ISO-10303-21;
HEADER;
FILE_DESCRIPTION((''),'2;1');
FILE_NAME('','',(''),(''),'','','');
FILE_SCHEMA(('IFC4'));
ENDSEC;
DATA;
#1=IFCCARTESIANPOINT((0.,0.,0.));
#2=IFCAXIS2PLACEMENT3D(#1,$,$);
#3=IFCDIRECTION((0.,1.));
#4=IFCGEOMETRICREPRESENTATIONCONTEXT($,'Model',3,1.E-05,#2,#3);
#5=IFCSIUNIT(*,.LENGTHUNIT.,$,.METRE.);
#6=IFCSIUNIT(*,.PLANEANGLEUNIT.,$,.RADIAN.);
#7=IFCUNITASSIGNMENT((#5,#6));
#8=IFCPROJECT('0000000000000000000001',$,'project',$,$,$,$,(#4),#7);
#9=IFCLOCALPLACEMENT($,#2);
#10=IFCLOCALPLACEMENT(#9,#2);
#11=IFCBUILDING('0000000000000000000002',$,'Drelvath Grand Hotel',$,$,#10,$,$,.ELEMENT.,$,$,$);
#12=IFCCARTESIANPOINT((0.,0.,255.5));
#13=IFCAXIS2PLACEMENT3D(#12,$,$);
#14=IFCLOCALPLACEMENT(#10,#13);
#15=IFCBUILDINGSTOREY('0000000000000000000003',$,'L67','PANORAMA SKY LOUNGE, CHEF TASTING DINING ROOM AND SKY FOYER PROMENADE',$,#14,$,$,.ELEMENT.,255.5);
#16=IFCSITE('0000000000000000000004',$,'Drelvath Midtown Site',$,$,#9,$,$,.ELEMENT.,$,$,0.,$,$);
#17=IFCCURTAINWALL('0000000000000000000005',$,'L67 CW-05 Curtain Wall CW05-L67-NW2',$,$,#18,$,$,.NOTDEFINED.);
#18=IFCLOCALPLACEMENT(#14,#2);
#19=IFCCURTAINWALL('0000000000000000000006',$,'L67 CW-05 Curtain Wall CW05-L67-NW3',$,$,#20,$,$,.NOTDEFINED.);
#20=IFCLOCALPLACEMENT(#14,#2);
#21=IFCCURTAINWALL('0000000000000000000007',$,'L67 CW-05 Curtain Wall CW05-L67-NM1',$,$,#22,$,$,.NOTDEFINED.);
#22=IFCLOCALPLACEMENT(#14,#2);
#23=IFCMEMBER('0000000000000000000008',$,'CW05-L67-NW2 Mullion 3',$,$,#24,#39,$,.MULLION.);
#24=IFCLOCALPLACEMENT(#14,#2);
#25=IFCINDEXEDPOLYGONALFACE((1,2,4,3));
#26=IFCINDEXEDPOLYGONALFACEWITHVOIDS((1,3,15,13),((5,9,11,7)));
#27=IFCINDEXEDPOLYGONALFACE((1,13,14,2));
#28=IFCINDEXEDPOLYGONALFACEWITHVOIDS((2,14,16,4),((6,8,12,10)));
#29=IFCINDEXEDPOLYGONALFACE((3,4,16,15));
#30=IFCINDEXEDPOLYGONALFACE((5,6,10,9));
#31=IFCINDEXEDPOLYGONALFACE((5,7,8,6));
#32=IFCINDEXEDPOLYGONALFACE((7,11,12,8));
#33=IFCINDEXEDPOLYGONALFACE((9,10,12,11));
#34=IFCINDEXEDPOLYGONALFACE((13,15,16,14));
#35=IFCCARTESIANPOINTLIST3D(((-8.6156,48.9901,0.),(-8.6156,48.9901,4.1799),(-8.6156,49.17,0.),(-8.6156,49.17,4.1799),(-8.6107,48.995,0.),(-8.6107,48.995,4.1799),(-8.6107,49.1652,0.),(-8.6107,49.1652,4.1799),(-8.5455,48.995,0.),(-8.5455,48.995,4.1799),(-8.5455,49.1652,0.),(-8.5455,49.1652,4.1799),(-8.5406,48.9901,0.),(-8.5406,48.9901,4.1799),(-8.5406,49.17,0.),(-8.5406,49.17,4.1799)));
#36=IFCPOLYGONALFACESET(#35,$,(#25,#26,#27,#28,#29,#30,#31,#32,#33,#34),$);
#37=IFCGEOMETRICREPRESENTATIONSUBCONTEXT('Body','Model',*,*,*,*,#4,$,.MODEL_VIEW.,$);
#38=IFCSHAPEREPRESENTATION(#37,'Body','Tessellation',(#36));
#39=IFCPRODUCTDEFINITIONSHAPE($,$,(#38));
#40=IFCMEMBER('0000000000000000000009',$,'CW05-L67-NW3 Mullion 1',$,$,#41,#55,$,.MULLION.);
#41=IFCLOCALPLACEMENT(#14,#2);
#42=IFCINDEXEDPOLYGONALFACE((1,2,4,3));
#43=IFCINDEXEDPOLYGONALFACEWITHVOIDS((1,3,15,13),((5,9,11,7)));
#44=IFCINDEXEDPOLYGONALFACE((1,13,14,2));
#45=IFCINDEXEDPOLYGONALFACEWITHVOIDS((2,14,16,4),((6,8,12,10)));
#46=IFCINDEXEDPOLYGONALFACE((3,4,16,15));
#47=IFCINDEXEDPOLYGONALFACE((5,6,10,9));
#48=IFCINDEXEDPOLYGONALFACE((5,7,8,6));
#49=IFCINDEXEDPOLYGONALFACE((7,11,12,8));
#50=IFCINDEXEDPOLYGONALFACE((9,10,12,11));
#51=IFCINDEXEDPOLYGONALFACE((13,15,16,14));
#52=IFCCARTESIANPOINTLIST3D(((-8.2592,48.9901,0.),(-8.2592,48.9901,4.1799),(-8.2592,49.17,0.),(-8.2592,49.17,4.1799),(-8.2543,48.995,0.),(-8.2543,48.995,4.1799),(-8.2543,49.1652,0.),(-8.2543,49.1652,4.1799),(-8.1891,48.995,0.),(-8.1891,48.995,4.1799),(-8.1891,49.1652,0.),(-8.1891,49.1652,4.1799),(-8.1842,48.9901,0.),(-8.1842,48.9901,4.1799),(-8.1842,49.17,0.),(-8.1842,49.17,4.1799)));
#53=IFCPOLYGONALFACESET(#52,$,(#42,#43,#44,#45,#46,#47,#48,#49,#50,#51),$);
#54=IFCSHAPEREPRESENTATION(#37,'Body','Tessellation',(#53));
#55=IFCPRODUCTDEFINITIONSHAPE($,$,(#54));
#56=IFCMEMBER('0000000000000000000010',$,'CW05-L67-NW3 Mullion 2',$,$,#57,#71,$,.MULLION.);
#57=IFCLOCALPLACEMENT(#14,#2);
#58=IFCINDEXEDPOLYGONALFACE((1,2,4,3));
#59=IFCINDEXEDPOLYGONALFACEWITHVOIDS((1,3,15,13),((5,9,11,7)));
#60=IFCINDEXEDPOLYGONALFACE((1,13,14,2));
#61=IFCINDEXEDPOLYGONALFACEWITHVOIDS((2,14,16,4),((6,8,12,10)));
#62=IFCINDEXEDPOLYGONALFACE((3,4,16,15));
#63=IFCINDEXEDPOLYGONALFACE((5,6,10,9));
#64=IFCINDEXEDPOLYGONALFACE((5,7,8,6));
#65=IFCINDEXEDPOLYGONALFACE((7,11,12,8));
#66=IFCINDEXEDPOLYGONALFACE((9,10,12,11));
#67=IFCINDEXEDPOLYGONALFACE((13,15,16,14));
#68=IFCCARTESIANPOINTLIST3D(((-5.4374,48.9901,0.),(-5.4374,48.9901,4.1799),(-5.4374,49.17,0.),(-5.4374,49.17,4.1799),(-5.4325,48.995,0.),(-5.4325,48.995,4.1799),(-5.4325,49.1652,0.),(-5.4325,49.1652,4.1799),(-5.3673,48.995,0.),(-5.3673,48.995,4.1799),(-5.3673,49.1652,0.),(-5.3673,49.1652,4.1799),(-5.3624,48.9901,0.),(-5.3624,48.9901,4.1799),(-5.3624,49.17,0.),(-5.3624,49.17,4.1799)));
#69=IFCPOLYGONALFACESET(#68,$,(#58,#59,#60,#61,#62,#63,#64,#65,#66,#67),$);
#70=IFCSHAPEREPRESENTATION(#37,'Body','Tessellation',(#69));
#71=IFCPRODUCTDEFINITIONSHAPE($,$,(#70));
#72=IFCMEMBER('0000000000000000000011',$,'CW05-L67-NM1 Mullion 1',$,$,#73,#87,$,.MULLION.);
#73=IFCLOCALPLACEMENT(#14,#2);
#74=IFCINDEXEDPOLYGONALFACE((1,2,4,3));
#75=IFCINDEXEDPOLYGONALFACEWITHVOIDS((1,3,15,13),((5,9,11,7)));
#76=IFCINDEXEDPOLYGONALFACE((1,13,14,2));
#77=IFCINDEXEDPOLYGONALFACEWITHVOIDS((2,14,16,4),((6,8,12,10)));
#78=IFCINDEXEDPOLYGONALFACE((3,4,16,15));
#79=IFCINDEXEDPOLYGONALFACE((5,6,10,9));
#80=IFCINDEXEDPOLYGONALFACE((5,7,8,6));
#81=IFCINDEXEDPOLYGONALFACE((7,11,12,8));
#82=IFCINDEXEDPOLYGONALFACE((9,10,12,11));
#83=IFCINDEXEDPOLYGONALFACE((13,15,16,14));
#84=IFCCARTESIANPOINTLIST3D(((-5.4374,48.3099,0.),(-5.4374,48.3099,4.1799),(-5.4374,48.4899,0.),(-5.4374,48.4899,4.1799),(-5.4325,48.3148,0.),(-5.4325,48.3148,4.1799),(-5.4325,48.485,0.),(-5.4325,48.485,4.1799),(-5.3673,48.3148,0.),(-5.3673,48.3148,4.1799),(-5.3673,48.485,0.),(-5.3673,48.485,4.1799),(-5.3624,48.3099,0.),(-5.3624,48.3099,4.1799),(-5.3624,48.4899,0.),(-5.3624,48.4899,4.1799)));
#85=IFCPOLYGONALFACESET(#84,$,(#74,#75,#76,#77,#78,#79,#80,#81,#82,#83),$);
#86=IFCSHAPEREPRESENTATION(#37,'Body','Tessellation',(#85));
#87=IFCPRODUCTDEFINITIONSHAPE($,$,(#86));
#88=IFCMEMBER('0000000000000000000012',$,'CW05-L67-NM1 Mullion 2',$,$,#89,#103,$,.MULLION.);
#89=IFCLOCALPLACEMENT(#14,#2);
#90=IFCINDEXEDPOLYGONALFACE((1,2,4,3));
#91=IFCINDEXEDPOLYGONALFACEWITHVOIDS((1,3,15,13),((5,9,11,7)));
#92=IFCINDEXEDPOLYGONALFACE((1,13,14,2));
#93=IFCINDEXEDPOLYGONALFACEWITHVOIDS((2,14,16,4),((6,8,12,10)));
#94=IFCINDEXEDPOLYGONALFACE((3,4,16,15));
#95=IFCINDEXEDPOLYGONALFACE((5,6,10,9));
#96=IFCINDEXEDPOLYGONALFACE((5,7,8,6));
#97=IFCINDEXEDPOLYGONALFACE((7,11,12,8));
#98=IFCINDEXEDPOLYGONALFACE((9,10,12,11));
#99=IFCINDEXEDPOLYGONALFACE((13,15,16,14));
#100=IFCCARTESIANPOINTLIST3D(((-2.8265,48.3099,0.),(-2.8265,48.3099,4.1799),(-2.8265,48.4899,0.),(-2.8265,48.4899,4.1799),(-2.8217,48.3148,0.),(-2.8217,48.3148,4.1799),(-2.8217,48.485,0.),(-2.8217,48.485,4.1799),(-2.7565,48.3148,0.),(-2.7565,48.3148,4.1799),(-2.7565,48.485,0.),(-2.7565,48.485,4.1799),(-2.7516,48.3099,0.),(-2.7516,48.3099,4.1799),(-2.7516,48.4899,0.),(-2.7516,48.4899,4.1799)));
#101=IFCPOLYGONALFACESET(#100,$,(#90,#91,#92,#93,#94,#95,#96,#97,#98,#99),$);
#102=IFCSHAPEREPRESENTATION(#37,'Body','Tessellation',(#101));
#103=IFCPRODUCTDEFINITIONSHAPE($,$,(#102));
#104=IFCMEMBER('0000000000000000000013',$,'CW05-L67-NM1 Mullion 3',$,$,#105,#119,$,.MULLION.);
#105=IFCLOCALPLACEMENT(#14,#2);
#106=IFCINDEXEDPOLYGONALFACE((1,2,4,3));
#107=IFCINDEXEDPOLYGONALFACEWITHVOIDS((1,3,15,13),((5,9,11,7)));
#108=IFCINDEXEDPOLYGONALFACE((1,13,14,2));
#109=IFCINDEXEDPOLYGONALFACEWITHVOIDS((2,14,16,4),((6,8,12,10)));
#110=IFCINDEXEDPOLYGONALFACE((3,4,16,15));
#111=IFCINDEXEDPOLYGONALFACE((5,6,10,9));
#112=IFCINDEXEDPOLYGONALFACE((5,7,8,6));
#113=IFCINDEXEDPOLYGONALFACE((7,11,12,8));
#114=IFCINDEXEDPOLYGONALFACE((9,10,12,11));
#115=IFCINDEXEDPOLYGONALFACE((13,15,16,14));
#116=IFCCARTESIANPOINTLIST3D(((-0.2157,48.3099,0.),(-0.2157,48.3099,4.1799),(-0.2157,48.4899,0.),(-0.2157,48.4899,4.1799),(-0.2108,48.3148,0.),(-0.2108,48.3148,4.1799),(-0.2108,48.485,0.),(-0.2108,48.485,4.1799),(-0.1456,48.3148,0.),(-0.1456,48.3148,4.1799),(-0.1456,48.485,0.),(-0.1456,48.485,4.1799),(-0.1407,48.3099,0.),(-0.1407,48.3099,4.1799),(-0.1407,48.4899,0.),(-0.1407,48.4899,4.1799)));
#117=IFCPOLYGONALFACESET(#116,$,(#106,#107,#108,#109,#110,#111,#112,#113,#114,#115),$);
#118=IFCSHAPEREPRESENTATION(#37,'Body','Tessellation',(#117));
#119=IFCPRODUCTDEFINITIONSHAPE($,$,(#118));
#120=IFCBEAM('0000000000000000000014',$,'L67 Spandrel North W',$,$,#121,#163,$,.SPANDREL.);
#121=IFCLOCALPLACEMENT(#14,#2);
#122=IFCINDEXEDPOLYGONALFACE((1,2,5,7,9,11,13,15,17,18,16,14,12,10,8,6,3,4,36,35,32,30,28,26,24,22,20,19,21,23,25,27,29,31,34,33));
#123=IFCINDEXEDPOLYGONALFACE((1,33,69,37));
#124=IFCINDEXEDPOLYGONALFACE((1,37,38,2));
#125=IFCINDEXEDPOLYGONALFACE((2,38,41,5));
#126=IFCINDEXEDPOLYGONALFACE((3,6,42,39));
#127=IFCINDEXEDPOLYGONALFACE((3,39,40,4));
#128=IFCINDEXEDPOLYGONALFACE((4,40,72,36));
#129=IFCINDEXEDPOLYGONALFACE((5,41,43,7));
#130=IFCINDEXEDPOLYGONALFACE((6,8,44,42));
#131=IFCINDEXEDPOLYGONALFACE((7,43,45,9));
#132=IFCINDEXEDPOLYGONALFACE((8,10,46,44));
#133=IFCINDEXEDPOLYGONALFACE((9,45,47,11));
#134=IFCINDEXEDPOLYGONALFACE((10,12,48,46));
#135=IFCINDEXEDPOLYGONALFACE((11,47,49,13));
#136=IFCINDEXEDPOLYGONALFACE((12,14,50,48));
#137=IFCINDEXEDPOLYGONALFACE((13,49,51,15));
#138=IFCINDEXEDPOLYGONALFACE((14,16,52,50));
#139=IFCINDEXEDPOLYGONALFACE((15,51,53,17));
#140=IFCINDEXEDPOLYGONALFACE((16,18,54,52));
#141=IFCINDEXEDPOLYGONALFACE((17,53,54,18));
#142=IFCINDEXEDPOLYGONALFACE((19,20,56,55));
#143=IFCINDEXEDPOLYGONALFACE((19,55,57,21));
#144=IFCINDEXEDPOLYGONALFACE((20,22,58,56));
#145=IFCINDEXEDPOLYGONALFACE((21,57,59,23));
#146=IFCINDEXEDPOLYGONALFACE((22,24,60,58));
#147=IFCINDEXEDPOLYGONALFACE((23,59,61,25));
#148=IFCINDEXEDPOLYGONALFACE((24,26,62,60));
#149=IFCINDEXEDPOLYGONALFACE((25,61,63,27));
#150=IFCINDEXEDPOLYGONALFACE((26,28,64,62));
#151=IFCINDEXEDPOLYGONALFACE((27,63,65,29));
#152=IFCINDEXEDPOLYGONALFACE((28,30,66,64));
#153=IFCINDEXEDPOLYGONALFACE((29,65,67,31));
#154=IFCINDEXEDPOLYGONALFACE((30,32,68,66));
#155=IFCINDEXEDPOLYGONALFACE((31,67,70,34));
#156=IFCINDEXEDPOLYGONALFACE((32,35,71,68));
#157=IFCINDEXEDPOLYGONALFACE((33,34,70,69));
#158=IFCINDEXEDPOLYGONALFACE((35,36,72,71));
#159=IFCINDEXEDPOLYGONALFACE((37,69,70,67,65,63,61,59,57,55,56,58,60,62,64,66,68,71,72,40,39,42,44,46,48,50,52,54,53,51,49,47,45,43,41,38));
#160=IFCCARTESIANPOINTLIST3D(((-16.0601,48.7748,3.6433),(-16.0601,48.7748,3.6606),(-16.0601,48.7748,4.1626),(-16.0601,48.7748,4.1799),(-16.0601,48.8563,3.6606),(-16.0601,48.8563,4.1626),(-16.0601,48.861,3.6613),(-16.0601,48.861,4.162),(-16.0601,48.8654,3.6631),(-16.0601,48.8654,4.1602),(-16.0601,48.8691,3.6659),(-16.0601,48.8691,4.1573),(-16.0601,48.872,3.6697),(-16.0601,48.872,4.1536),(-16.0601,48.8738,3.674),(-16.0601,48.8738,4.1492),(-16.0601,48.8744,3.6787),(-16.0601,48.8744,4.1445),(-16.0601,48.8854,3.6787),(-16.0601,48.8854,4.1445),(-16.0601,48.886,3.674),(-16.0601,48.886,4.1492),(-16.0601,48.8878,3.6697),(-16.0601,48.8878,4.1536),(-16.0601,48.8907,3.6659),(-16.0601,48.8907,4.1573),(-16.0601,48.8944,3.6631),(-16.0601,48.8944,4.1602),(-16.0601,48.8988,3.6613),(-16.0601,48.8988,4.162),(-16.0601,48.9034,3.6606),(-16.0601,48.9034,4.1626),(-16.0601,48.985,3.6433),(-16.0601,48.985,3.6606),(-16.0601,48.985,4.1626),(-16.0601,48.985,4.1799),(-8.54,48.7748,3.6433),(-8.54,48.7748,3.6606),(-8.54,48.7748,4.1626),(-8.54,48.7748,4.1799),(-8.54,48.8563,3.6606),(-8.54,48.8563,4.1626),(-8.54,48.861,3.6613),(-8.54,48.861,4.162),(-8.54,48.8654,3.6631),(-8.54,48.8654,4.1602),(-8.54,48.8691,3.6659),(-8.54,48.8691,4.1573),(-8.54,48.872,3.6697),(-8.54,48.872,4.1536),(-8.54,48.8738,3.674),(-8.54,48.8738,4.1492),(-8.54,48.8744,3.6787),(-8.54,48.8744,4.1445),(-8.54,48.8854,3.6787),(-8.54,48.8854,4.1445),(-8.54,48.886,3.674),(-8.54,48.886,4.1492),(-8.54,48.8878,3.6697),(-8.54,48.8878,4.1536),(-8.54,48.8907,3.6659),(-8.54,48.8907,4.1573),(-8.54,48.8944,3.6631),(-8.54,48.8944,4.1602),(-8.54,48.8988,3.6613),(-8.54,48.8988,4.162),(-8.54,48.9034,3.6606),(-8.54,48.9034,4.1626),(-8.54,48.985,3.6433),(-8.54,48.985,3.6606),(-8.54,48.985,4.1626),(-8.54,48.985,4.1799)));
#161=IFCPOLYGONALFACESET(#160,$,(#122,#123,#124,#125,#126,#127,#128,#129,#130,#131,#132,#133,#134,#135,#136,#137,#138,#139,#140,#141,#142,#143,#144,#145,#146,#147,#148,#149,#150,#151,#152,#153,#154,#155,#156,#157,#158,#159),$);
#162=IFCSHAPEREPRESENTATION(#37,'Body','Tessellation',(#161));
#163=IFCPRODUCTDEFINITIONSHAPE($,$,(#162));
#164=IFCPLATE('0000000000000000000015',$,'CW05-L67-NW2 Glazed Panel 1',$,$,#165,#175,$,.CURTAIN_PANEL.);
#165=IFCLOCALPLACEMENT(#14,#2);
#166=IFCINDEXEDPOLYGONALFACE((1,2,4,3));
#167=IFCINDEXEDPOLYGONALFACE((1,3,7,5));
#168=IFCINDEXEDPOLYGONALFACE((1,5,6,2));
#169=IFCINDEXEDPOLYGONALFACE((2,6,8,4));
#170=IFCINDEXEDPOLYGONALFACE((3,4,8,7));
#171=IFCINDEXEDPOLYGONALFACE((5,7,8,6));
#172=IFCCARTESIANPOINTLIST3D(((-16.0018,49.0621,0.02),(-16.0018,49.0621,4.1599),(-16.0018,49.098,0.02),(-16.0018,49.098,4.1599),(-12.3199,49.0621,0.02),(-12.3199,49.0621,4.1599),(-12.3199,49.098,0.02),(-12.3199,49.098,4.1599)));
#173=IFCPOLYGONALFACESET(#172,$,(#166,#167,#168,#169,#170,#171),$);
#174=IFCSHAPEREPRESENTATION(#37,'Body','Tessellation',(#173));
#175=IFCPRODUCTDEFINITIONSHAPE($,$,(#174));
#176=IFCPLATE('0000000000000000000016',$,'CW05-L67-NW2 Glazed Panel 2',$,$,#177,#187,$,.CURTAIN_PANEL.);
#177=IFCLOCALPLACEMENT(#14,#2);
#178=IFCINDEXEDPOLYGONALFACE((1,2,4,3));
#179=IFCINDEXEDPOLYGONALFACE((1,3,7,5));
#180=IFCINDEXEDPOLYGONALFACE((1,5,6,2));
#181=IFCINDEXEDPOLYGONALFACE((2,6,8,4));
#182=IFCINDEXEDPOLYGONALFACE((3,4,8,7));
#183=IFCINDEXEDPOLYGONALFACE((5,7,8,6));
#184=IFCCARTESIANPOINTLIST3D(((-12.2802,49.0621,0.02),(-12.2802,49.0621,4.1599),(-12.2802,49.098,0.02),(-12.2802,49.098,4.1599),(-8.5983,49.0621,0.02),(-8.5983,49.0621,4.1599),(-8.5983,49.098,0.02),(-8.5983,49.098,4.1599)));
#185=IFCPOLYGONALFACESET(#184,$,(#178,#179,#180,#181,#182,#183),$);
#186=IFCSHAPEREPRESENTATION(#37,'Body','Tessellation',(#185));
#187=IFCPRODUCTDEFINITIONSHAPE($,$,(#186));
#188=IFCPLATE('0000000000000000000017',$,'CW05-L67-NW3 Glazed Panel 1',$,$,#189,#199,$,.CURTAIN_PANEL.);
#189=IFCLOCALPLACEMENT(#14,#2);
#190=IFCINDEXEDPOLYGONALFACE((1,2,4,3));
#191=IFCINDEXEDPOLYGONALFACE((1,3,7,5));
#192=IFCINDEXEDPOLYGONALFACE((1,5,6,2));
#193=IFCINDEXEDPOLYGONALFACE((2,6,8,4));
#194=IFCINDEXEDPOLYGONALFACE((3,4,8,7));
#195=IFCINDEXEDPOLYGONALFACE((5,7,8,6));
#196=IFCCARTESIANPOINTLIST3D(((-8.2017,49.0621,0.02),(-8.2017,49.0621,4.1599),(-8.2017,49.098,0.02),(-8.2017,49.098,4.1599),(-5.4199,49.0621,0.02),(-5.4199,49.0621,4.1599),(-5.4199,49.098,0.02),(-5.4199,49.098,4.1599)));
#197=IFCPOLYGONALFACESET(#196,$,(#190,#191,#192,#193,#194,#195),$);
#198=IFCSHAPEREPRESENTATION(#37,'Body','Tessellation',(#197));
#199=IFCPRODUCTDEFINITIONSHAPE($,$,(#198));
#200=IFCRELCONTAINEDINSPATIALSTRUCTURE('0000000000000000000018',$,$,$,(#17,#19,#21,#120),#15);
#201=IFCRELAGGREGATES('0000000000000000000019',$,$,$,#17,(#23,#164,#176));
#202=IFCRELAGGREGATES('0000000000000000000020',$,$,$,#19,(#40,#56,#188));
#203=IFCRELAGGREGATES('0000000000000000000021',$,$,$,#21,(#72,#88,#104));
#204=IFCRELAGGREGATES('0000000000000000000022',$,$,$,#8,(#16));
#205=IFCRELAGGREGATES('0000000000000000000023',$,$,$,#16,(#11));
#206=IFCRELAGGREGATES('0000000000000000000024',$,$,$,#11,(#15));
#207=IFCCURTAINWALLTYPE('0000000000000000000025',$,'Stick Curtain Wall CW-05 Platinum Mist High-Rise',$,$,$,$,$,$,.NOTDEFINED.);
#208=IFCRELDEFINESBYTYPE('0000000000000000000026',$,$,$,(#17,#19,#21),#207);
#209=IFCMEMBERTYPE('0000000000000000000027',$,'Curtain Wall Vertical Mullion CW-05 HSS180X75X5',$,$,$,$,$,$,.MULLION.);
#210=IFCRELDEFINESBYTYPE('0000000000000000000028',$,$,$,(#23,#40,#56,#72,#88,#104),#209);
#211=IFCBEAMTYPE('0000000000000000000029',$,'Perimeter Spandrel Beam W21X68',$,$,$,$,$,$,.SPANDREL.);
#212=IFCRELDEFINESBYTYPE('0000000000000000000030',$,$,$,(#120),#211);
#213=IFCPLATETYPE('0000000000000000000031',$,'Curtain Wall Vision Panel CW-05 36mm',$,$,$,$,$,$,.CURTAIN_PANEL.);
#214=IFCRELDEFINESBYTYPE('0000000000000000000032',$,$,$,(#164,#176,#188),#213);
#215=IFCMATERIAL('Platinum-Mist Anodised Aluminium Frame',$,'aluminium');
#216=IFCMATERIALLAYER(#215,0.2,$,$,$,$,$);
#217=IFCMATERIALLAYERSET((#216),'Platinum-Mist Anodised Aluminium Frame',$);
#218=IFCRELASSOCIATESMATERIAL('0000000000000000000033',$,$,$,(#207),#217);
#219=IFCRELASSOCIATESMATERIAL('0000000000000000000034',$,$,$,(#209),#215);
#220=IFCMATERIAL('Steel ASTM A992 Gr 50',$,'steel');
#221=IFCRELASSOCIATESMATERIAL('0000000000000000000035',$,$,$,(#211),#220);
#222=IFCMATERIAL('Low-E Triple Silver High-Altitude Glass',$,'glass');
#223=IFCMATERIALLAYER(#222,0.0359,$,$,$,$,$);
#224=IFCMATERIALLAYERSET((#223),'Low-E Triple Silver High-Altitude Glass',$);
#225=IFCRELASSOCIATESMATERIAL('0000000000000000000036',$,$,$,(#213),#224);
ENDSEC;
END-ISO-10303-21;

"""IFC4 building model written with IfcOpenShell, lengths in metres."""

from ifc_helpers import new_model, si_unit, direction, frame, origin, origin_2d, place, context, subcontext, project, spatial, rectangle, hollow_rectangle, i_section, extrude, material, layer, layer_set, material_profile, profile_set, type_object, element, aggregate, save


model = new_model("IFC4")

# Units and contexts
model_context = context("Model", 3, precision=1e-05, world=origin(), true_north=direction((0.0, 1.0)))
body_context = subcontext(model_context, "Body", "Model", "MODEL_VIEW")
ifc_project = project(units=[si_unit("LENGTHUNIT", "METRE"), si_unit("PLANEANGLEUNIT", "RADIAN")], contexts=[model_context])

# Site, building, storey
site_placement = place(None, origin())
site = spatial("IfcSite", under=ifc_project, at=site_placement, Name="Drelvath Midtown Site", CompositionType="ELEMENT", RefElevation=0.0)
building_placement = place(site_placement, origin())
building = spatial("IfcBuilding", under=site, at=building_placement, Name="Drelvath Grand Hotel", CompositionType="ELEMENT")
storey_placement = place(building_placement, frame((0.0, 0.0, 255.5)))
storey = spatial("IfcBuildingStorey", under=building, at=storey_placement, Name="L67", Description="PANORAMA SKY LOUNGE, CHEF TASTING DINING ROOM AND SKY FOYER PROMENADE", CompositionType="ELEMENT", Elevation=255.5)

# Curtain walls
ifc_material_1 = material(Name="Platinum-Mist Anodised Aluminium Frame", Category="aluminium")
ifc_layer_1 = layer(ifc_material_1, 0.2)
ifc_layer_set_1 = layer_set([ifc_layer_1], Name="Platinum-Mist Anodised Aluminium Frame")
curtain_wall_type = type_object("IfcCurtainWallType", Name="Stick Curtain Wall CW-05 Platinum Mist High-Rise", PredefinedType="NOTDEFINED", material=ifc_layer_set_1)
curtain_wall_1_placement = place(storey_placement, origin())
curtain_wall_1 = element("IfcCurtainWall", 1, at=curtain_wall_1_placement, inside=storey, type_object=curtain_wall_type, Name="L67 CW-05 Curtain Wall CW05-L67-NW2", PredefinedType="NOTDEFINED")
curtain_wall_2_placement = place(storey_placement, origin())
curtain_wall_2 = element("IfcCurtainWall", 2, at=curtain_wall_2_placement, inside=storey, type_object=curtain_wall_type, Name="L67 CW-05 Curtain Wall CW05-L67-NW3", PredefinedType="NOTDEFINED")
curtain_wall_3_placement = place(storey_placement, origin())
curtain_wall_3 = element("IfcCurtainWall", 3, at=curtain_wall_3_placement, inside=storey, type_object=curtain_wall_type, Name="L67 CW-05 Curtain Wall CW05-L67-NM1", PredefinedType="NOTDEFINED")

# Members
ifc_material_profile_1 = material_profile(ifc_material_1, hollow_rectangle(XDim=0.075, YDim=0.1799, WallThickness=0.0049, at=origin_2d()), Name="HSS180X75X5")
ifc_profile_set_1 = profile_set([ifc_material_profile_1], Name="Platinum-Mist Anodised Aluminium Frame")
member_type_1 = type_object("IfcMemberType", Name="Curtain Wall Vertical Mullion CW-05 HSS180X75X5", PredefinedType="MULLION", material=ifc_profile_set_1)
member_1_placement = place(storey_placement, frame((-8.5781, 49.0801, 0.0), z_axis=(0.0, 0.0, 1.0), x_axis=(1.0, 0.0, 0.0)))
member_1 = element("IfcMember", 4, at=member_1_placement, type_object=member_type_1, Name="CW05-L67-NW2 Mullion 3", PredefinedType="MULLION", context=body_context, shape_type="SweptSolid", body=[
    extrude(hollow_rectangle(XDim=0.075, YDim=0.1799, WallThickness=0.0049, at=origin_2d()), origin(), (0.0, 0.0, 1.0), 4.1799),
])
member_2_placement = place(storey_placement, frame((-8.2217, 49.0801, 0.0), z_axis=(0.0, 0.0, 1.0), x_axis=(1.0, 0.0, 0.0)))
member_2 = element("IfcMember", 5, at=member_2_placement, type_object=member_type_1, Name="CW05-L67-NW3 Mullion 1", PredefinedType="MULLION", context=body_context, shape_type="SweptSolid", body=[
    extrude(hollow_rectangle(XDim=0.075, YDim=0.1799, WallThickness=0.0049, at=origin_2d()), origin(), (0.0, 0.0, 1.0), 4.1799),
])
member_3_placement = place(storey_placement, frame((-5.3999, 49.0801, 0.0), z_axis=(0.0, 0.0, 1.0), x_axis=(1.0, 0.0, 0.0)))
member_3 = element("IfcMember", 6, at=member_3_placement, type_object=member_type_1, Name="CW05-L67-NW3 Mullion 2", PredefinedType="MULLION", context=body_context, shape_type="SweptSolid", body=[
    extrude(hollow_rectangle(XDim=0.075, YDim=0.1799, WallThickness=0.0049, at=origin_2d()), origin(), (0.0, 0.0, 1.0), 4.1799),
])
member_4_placement = place(storey_placement, frame((-5.3999, 48.3999, 0.0), z_axis=(0.0, 0.0, 1.0), x_axis=(1.0, 0.0, 0.0)))
member_4 = element("IfcMember", 7, at=member_4_placement, type_object=member_type_1, Name="CW05-L67-NM1 Mullion 1", PredefinedType="MULLION", context=body_context, shape_type="SweptSolid", body=[
    extrude(hollow_rectangle(XDim=0.075, YDim=0.1799, WallThickness=0.0049, at=origin_2d()), origin(), (0.0, 0.0, 1.0), 4.1799),
])
member_5_placement = place(storey_placement, frame((-2.7891, 48.3999, 0.0), z_axis=(0.0, 0.0, 1.0), x_axis=(1.0, 0.0, 0.0)))
member_5 = element("IfcMember", 8, at=member_5_placement, type_object=member_type_1, Name="CW05-L67-NM1 Mullion 2", PredefinedType="MULLION", context=body_context, shape_type="SweptSolid", body=[
    extrude(hollow_rectangle(XDim=0.075, YDim=0.1799, WallThickness=0.0049, at=origin_2d()), origin(), (0.0, 0.0, 1.0), 4.1799),
])
member_6_placement = place(storey_placement, frame((-0.1782, 48.3999, 0.0), z_axis=(0.0, 0.0, 1.0), x_axis=(1.0, 0.0, 0.0)))
member_6 = element("IfcMember", 9, at=member_6_placement, type_object=member_type_1, Name="CW05-L67-NM1 Mullion 3", PredefinedType="MULLION", context=body_context, shape_type="SweptSolid", body=[
    extrude(hollow_rectangle(XDim=0.075, YDim=0.1799, WallThickness=0.0049, at=origin_2d()), origin(), (0.0, 0.0, 1.0), 4.1799),
])

# Beam
ifc_material_2 = material(Name="Steel ASTM A992 Gr 50", Category="steel")
ifc_material_profile_2 = material_profile(ifc_material_2, i_section(OverallWidth=0.2102, OverallDepth=0.5366, WebThickness=0.011, FlangeThickness=0.0173, FilletRadius=0.0181, at=origin_2d()), Name="W21X68")
ifc_profile_set_2 = profile_set([ifc_material_profile_2], Name="Steel ASTM A992 Gr 50")
beam_type = type_object("IfcBeamType", Name="Perimeter Spandrel Beam W21X68", PredefinedType="SPANDREL", material=ifc_profile_set_2)
beam_placement = place(storey_placement, frame((-16.0601, 48.8799, 3.9116), z_axis=(1.0, 0.0, 0.0), x_axis=(0.0, 1.0, 0.0)))
element("IfcBeam", 10, at=beam_placement, inside=storey, type_object=beam_type, Name="L67 Spandrel North W", PredefinedType="SPANDREL", context=body_context, shape_type="SweptSolid", body=[
    extrude(i_section(OverallWidth=0.2102, OverallDepth=0.5366, WebThickness=0.011, FlangeThickness=0.0173, FilletRadius=0.0181, at=origin_2d()), origin(), (0.0, 0.0, 1.0), 7.52),
])

# Plates
ifc_material_3 = material(Name="Low-E Triple Silver High-Altitude Glass", Category="glass")
ifc_layer_2 = layer(ifc_material_3, 0.0359)
ifc_layer_set_2 = layer_set([ifc_layer_2], Name="Low-E Triple Silver High-Altitude Glass")
plate_type = type_object("IfcPlateType", Name="Curtain Wall Vision Panel CW-05 36mm", PredefinedType="CURTAIN_PANEL", material=ifc_layer_set_2)
plate_1_placement = place(storey_placement, frame((-14.1609, 49.0801, 0.02), z_axis=(0.0, 0.0, 1.0), x_axis=(1.0, 0.0, 0.0)))
plate_1 = element("IfcPlate", 11, at=plate_1_placement, type_object=plate_type, Name="CW05-L67-NW2 Glazed Panel 1", PredefinedType="CURTAIN_PANEL", context=body_context, shape_type="SweptSolid", body=[
    extrude(rectangle(XDim=3.6819, YDim=0.0359, at=origin_2d()), origin(), (0.0, 0.0, 1.0), 4.1399),
])
plate_2_placement = place(storey_placement, frame((-10.4392, 49.0801, 0.02), z_axis=(0.0, 0.0, 1.0), x_axis=(1.0, 0.0, 0.0)))
plate_2 = element("IfcPlate", 12, at=plate_2_placement, type_object=plate_type, Name="CW05-L67-NW2 Glazed Panel 2", PredefinedType="CURTAIN_PANEL", context=body_context, shape_type="SweptSolid", body=[
    extrude(rectangle(XDim=3.6819, YDim=0.0359, at=origin_2d()), origin(), (0.0, 0.0, 1.0), 4.1399),
])
aggregate(curtain_wall_1, [member_1, plate_1, plate_2])
plate_3_placement = place(storey_placement, frame((-6.8108, 49.0801, 0.02), z_axis=(0.0, 0.0, 1.0), x_axis=(1.0, 0.0, 0.0)))
plate_3 = element("IfcPlate", 13, at=plate_3_placement, type_object=plate_type, Name="CW05-L67-NW3 Glazed Panel 1", PredefinedType="CURTAIN_PANEL", context=body_context, shape_type="SweptSolid", body=[
    extrude(rectangle(XDim=2.7817, YDim=0.0359, at=origin_2d()), origin(), (0.0, 0.0, 1.0), 4.1399),
])
aggregate(curtain_wall_2, [member_2, member_3, plate_3])
aggregate(curtain_wall_3, [member_4, member_5, member_6])

save(model, "model.ifc")
